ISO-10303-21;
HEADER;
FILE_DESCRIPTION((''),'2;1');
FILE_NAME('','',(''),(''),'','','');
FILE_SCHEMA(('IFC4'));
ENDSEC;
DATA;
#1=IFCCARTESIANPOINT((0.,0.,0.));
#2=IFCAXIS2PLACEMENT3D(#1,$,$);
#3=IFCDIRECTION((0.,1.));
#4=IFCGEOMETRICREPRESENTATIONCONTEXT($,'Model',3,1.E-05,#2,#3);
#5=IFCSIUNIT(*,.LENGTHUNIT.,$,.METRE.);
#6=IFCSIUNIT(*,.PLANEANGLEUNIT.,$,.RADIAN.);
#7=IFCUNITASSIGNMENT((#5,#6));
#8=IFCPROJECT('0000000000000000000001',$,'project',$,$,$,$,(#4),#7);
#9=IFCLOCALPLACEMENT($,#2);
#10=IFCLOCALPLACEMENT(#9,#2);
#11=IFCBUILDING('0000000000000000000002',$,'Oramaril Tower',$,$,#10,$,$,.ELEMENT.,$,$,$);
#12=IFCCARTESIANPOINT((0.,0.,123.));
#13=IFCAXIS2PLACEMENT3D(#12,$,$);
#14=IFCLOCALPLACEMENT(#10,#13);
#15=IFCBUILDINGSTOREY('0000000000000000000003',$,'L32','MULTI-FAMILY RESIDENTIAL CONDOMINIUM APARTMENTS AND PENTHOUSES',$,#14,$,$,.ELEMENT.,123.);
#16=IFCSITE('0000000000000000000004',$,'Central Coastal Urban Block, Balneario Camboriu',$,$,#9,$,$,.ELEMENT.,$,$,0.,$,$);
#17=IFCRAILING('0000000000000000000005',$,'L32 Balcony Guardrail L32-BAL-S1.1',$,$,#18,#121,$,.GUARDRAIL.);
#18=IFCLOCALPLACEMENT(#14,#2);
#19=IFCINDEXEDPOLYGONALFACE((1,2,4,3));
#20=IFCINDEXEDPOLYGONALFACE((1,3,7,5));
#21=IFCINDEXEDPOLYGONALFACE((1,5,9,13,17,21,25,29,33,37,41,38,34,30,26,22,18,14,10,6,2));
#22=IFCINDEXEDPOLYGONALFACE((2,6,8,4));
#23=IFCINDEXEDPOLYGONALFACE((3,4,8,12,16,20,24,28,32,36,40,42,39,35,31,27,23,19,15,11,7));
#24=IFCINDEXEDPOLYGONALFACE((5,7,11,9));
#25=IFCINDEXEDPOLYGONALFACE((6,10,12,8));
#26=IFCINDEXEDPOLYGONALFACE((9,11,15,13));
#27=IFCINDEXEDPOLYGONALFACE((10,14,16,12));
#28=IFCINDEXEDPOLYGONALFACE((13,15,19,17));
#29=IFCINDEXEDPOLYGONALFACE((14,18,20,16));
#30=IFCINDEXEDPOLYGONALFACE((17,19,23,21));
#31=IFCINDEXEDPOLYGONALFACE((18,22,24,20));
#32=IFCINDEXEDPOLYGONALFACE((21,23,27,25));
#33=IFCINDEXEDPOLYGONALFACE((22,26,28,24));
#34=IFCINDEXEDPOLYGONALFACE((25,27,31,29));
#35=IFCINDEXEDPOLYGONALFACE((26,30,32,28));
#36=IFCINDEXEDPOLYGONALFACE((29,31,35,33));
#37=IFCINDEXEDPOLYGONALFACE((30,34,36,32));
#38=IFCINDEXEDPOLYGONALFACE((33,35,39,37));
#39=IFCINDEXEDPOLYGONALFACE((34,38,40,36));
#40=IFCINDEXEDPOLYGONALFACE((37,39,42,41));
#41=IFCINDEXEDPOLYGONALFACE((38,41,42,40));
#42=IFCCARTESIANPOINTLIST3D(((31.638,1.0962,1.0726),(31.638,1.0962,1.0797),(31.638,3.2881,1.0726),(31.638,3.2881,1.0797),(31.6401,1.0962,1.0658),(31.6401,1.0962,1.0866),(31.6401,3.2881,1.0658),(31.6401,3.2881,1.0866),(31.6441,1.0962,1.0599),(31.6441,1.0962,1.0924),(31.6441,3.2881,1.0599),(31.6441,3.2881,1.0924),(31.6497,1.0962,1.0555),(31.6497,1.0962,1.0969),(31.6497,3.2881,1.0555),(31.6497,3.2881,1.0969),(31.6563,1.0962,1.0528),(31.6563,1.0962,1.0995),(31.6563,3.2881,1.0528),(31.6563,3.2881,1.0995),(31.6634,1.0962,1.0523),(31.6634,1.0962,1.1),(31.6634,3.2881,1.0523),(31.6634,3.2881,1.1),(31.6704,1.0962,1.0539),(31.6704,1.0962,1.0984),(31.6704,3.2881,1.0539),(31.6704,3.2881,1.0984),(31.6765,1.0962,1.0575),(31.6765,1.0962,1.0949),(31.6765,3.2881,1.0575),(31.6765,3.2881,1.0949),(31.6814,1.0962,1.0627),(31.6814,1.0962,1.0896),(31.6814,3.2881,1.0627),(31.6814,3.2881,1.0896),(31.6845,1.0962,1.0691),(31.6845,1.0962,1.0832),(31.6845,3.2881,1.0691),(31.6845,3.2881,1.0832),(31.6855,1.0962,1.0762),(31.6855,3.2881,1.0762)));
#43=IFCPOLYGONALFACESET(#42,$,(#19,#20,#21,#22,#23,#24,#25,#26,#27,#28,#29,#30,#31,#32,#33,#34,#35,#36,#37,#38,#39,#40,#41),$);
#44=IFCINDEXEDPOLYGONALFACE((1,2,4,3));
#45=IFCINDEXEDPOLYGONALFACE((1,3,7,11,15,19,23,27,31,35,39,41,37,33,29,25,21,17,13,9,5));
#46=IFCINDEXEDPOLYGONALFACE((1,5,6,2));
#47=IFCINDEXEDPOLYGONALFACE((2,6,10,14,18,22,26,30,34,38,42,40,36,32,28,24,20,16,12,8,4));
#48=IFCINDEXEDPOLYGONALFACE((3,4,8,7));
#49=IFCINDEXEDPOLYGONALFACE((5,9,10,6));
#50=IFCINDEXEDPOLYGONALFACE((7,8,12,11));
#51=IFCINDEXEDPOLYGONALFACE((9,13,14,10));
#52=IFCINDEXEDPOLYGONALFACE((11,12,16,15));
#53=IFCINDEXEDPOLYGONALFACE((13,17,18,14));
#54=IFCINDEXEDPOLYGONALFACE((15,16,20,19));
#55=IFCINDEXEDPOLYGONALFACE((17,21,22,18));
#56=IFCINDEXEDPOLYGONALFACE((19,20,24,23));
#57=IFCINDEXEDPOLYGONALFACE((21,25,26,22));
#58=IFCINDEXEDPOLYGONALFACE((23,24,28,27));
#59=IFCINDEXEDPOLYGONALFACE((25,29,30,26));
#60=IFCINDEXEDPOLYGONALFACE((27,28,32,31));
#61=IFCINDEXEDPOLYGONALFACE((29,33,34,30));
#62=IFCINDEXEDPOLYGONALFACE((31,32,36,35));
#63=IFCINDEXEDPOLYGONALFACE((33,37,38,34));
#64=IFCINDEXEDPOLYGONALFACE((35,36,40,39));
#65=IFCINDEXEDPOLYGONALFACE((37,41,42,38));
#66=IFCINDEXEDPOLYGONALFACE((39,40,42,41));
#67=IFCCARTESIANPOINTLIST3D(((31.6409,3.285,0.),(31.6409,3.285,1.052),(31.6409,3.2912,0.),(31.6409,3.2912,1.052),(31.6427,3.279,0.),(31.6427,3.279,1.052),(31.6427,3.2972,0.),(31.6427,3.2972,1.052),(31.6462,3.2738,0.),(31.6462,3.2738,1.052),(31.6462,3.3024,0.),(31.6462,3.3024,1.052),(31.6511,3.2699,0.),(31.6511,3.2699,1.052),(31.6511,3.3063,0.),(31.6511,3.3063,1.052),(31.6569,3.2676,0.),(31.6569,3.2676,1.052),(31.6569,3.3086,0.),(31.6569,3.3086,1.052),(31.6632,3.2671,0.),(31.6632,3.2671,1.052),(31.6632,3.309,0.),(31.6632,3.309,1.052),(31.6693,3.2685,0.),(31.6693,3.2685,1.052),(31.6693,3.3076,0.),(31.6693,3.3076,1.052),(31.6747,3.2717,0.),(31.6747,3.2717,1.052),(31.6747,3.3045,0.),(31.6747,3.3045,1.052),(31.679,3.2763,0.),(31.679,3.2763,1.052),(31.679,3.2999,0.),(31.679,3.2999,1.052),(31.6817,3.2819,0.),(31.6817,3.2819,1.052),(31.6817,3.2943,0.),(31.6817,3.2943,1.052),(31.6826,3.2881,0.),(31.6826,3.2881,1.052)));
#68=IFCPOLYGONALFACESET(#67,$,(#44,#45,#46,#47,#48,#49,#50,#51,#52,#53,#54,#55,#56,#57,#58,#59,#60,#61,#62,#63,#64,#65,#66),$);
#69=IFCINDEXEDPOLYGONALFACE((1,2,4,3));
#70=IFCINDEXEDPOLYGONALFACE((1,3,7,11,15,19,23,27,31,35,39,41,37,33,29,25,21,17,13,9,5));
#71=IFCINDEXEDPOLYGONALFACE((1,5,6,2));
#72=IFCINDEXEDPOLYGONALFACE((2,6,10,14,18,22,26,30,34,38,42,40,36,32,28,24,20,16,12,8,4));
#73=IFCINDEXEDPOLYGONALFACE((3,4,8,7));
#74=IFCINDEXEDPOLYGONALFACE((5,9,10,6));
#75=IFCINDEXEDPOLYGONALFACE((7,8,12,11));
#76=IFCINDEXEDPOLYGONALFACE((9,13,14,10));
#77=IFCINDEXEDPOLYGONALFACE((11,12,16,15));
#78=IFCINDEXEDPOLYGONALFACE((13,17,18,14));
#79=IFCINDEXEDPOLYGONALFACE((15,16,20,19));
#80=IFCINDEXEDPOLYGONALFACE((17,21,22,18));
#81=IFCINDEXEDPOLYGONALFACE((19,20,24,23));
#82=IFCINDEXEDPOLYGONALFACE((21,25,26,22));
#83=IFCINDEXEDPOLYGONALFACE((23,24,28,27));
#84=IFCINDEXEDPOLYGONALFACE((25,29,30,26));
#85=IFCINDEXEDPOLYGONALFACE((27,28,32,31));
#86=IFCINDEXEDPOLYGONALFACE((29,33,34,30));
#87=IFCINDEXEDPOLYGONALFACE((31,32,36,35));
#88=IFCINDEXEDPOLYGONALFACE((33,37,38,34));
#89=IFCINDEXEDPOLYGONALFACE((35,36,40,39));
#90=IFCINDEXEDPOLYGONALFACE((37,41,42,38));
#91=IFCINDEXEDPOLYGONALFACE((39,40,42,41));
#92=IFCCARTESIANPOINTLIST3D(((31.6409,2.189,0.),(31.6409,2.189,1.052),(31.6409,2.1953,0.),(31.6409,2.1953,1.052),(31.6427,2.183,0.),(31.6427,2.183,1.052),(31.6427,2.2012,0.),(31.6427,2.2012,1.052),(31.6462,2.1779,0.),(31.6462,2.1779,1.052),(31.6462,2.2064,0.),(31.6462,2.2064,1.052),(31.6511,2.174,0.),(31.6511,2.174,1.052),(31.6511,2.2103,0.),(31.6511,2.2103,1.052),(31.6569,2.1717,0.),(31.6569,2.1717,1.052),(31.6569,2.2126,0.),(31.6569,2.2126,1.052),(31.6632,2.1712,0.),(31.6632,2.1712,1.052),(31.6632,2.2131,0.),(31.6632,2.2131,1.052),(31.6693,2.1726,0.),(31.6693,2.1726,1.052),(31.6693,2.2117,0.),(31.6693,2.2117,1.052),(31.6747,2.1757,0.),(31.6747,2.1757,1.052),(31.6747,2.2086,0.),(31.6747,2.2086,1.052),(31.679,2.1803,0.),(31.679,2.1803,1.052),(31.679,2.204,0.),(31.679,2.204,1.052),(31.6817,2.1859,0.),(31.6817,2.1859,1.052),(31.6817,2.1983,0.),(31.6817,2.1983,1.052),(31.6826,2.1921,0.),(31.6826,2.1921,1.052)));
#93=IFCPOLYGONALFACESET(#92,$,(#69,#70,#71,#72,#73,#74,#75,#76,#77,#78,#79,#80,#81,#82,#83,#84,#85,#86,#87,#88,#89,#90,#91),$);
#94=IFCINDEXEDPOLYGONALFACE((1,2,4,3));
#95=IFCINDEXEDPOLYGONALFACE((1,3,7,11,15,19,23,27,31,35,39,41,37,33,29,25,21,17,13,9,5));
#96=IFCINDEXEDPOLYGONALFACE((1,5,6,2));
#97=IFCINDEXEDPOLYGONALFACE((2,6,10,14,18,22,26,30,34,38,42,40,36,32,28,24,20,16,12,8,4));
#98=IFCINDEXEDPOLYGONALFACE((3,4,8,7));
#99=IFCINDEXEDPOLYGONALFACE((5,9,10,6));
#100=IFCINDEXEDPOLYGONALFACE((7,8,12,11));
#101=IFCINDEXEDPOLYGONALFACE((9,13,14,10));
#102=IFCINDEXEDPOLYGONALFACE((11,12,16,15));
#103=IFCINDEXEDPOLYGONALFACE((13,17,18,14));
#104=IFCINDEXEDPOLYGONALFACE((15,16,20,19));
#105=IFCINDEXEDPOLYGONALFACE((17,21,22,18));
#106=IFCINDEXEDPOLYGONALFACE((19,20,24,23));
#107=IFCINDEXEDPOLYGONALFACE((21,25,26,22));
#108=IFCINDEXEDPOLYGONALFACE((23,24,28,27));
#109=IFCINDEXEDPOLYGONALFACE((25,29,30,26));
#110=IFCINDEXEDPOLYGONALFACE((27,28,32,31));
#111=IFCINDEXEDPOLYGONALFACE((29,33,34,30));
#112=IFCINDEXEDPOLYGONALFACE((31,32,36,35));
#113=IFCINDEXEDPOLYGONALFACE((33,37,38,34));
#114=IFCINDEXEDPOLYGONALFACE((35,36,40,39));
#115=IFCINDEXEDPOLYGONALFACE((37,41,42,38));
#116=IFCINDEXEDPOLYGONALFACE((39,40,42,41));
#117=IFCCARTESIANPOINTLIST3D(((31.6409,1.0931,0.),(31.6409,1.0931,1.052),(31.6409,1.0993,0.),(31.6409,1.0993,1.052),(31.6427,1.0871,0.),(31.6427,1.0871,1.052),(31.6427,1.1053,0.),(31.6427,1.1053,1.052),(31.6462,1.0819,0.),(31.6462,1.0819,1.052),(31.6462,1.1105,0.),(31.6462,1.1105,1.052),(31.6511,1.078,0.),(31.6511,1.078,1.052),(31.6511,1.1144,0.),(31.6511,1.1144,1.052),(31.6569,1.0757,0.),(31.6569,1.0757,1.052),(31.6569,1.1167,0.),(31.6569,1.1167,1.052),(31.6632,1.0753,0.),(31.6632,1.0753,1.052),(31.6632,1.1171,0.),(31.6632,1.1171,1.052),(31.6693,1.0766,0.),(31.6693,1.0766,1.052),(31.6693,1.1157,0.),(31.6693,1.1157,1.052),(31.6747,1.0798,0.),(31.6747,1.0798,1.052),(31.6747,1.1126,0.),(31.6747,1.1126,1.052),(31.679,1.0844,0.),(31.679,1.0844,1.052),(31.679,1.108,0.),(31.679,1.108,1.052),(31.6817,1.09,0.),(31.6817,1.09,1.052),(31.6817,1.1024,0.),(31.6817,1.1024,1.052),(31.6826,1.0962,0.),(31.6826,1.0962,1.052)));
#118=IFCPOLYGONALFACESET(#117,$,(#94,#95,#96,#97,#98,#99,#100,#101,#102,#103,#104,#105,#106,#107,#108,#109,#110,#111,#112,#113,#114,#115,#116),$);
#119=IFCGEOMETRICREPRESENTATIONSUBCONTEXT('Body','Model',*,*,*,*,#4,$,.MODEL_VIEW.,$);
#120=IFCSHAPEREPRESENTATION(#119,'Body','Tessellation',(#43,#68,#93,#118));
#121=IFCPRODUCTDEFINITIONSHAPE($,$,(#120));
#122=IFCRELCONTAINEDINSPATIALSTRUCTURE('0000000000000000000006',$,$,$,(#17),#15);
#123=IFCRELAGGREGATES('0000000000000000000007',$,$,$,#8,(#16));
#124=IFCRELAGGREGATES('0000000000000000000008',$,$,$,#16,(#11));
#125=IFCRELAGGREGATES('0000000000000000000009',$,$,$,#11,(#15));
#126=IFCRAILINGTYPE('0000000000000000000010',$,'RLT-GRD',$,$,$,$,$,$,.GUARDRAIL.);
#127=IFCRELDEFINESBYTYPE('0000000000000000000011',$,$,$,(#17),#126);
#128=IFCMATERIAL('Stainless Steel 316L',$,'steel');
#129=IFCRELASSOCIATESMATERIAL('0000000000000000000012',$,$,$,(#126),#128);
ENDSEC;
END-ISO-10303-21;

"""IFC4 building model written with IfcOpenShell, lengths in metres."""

from ifc_helpers import new_model, si_unit, direction, frame, origin, origin_2d, place, context, subcontext, project, spatial, circle, extrude, material, type_object, element, save


model = new_model("IFC4")

# Units and contexts
model_context = context("Model", 3, precision=1e-05, world=origin(), true_north=direction((0.0, 1.0)))
body_context = subcontext(model_context, "Body", "Model", "MODEL_VIEW")
ifc_project = project(units=[si_unit("LENGTHUNIT", "METRE"), si_unit("PLANEANGLEUNIT", "RADIAN")], contexts=[model_context])

# Site, building, storey
site_placement = place(None, origin())
site = spatial("IfcSite", under=ifc_project, at=site_placement, Name="Central Coastal Urban Block, Balneario Camboriu", CompositionType="ELEMENT", RefElevation=0.0)
building_placement = place(site_placement, origin())
building = spatial("IfcBuilding", under=site, at=building_placement, Name="Oramaril Tower", CompositionType="ELEMENT")
storey_placement = place(building_placement, frame((0.0, 0.0, 123.0)))
storey = spatial("IfcBuildingStorey", under=building, at=storey_placement, Name="L32", Description="MULTI-FAMILY RESIDENTIAL CONDOMINIUM APARTMENTS AND PENTHOUSES", CompositionType="ELEMENT", Elevation=123.0)

# Railing
ifc_material_1 = material(Name="Stainless Steel 316L", Category="steel")
railing_type = type_object("IfcRailingType", Name="RLT-GRD", PredefinedType="GUARDRAIL", material=ifc_material_1)
railing_1_placement = place(storey_placement, frame((31.6616, 3.2881, 0.0)))
element("IfcRailing", 1, at=railing_1_placement, inside=storey, type_object=railing_type, Name="L32 Balcony Guardrail L32-BAL-S1.1", PredefinedType="GUARDRAIL", context=body_context, shape_type="SweptSolid", body=[
    extrude(circle(Radius=0.0239, at=origin_2d()), frame((0.0, 0.0, 1.0762), z_axis=(0.0, -1.0, 0.0), x_axis=(1.0, 0.0, 0.0)), (0.0, 0.0, 1.0), 2.1919),
    extrude(circle(Radius=0.021, at=origin_2d()), origin(), (0.0, 0.0, 1.0), 1.052),
    extrude(circle(Radius=0.021, at=origin_2d()), frame((0.0, -1.0959, 0.0)), (0.0, 0.0, 1.0), 1.052),
    extrude(circle(Radius=0.021, at=origin_2d()), frame((0.0, -2.1919, 0.0)), (0.0, 0.0, 1.0), 1.052),
])

save(model, "model.ifc")
